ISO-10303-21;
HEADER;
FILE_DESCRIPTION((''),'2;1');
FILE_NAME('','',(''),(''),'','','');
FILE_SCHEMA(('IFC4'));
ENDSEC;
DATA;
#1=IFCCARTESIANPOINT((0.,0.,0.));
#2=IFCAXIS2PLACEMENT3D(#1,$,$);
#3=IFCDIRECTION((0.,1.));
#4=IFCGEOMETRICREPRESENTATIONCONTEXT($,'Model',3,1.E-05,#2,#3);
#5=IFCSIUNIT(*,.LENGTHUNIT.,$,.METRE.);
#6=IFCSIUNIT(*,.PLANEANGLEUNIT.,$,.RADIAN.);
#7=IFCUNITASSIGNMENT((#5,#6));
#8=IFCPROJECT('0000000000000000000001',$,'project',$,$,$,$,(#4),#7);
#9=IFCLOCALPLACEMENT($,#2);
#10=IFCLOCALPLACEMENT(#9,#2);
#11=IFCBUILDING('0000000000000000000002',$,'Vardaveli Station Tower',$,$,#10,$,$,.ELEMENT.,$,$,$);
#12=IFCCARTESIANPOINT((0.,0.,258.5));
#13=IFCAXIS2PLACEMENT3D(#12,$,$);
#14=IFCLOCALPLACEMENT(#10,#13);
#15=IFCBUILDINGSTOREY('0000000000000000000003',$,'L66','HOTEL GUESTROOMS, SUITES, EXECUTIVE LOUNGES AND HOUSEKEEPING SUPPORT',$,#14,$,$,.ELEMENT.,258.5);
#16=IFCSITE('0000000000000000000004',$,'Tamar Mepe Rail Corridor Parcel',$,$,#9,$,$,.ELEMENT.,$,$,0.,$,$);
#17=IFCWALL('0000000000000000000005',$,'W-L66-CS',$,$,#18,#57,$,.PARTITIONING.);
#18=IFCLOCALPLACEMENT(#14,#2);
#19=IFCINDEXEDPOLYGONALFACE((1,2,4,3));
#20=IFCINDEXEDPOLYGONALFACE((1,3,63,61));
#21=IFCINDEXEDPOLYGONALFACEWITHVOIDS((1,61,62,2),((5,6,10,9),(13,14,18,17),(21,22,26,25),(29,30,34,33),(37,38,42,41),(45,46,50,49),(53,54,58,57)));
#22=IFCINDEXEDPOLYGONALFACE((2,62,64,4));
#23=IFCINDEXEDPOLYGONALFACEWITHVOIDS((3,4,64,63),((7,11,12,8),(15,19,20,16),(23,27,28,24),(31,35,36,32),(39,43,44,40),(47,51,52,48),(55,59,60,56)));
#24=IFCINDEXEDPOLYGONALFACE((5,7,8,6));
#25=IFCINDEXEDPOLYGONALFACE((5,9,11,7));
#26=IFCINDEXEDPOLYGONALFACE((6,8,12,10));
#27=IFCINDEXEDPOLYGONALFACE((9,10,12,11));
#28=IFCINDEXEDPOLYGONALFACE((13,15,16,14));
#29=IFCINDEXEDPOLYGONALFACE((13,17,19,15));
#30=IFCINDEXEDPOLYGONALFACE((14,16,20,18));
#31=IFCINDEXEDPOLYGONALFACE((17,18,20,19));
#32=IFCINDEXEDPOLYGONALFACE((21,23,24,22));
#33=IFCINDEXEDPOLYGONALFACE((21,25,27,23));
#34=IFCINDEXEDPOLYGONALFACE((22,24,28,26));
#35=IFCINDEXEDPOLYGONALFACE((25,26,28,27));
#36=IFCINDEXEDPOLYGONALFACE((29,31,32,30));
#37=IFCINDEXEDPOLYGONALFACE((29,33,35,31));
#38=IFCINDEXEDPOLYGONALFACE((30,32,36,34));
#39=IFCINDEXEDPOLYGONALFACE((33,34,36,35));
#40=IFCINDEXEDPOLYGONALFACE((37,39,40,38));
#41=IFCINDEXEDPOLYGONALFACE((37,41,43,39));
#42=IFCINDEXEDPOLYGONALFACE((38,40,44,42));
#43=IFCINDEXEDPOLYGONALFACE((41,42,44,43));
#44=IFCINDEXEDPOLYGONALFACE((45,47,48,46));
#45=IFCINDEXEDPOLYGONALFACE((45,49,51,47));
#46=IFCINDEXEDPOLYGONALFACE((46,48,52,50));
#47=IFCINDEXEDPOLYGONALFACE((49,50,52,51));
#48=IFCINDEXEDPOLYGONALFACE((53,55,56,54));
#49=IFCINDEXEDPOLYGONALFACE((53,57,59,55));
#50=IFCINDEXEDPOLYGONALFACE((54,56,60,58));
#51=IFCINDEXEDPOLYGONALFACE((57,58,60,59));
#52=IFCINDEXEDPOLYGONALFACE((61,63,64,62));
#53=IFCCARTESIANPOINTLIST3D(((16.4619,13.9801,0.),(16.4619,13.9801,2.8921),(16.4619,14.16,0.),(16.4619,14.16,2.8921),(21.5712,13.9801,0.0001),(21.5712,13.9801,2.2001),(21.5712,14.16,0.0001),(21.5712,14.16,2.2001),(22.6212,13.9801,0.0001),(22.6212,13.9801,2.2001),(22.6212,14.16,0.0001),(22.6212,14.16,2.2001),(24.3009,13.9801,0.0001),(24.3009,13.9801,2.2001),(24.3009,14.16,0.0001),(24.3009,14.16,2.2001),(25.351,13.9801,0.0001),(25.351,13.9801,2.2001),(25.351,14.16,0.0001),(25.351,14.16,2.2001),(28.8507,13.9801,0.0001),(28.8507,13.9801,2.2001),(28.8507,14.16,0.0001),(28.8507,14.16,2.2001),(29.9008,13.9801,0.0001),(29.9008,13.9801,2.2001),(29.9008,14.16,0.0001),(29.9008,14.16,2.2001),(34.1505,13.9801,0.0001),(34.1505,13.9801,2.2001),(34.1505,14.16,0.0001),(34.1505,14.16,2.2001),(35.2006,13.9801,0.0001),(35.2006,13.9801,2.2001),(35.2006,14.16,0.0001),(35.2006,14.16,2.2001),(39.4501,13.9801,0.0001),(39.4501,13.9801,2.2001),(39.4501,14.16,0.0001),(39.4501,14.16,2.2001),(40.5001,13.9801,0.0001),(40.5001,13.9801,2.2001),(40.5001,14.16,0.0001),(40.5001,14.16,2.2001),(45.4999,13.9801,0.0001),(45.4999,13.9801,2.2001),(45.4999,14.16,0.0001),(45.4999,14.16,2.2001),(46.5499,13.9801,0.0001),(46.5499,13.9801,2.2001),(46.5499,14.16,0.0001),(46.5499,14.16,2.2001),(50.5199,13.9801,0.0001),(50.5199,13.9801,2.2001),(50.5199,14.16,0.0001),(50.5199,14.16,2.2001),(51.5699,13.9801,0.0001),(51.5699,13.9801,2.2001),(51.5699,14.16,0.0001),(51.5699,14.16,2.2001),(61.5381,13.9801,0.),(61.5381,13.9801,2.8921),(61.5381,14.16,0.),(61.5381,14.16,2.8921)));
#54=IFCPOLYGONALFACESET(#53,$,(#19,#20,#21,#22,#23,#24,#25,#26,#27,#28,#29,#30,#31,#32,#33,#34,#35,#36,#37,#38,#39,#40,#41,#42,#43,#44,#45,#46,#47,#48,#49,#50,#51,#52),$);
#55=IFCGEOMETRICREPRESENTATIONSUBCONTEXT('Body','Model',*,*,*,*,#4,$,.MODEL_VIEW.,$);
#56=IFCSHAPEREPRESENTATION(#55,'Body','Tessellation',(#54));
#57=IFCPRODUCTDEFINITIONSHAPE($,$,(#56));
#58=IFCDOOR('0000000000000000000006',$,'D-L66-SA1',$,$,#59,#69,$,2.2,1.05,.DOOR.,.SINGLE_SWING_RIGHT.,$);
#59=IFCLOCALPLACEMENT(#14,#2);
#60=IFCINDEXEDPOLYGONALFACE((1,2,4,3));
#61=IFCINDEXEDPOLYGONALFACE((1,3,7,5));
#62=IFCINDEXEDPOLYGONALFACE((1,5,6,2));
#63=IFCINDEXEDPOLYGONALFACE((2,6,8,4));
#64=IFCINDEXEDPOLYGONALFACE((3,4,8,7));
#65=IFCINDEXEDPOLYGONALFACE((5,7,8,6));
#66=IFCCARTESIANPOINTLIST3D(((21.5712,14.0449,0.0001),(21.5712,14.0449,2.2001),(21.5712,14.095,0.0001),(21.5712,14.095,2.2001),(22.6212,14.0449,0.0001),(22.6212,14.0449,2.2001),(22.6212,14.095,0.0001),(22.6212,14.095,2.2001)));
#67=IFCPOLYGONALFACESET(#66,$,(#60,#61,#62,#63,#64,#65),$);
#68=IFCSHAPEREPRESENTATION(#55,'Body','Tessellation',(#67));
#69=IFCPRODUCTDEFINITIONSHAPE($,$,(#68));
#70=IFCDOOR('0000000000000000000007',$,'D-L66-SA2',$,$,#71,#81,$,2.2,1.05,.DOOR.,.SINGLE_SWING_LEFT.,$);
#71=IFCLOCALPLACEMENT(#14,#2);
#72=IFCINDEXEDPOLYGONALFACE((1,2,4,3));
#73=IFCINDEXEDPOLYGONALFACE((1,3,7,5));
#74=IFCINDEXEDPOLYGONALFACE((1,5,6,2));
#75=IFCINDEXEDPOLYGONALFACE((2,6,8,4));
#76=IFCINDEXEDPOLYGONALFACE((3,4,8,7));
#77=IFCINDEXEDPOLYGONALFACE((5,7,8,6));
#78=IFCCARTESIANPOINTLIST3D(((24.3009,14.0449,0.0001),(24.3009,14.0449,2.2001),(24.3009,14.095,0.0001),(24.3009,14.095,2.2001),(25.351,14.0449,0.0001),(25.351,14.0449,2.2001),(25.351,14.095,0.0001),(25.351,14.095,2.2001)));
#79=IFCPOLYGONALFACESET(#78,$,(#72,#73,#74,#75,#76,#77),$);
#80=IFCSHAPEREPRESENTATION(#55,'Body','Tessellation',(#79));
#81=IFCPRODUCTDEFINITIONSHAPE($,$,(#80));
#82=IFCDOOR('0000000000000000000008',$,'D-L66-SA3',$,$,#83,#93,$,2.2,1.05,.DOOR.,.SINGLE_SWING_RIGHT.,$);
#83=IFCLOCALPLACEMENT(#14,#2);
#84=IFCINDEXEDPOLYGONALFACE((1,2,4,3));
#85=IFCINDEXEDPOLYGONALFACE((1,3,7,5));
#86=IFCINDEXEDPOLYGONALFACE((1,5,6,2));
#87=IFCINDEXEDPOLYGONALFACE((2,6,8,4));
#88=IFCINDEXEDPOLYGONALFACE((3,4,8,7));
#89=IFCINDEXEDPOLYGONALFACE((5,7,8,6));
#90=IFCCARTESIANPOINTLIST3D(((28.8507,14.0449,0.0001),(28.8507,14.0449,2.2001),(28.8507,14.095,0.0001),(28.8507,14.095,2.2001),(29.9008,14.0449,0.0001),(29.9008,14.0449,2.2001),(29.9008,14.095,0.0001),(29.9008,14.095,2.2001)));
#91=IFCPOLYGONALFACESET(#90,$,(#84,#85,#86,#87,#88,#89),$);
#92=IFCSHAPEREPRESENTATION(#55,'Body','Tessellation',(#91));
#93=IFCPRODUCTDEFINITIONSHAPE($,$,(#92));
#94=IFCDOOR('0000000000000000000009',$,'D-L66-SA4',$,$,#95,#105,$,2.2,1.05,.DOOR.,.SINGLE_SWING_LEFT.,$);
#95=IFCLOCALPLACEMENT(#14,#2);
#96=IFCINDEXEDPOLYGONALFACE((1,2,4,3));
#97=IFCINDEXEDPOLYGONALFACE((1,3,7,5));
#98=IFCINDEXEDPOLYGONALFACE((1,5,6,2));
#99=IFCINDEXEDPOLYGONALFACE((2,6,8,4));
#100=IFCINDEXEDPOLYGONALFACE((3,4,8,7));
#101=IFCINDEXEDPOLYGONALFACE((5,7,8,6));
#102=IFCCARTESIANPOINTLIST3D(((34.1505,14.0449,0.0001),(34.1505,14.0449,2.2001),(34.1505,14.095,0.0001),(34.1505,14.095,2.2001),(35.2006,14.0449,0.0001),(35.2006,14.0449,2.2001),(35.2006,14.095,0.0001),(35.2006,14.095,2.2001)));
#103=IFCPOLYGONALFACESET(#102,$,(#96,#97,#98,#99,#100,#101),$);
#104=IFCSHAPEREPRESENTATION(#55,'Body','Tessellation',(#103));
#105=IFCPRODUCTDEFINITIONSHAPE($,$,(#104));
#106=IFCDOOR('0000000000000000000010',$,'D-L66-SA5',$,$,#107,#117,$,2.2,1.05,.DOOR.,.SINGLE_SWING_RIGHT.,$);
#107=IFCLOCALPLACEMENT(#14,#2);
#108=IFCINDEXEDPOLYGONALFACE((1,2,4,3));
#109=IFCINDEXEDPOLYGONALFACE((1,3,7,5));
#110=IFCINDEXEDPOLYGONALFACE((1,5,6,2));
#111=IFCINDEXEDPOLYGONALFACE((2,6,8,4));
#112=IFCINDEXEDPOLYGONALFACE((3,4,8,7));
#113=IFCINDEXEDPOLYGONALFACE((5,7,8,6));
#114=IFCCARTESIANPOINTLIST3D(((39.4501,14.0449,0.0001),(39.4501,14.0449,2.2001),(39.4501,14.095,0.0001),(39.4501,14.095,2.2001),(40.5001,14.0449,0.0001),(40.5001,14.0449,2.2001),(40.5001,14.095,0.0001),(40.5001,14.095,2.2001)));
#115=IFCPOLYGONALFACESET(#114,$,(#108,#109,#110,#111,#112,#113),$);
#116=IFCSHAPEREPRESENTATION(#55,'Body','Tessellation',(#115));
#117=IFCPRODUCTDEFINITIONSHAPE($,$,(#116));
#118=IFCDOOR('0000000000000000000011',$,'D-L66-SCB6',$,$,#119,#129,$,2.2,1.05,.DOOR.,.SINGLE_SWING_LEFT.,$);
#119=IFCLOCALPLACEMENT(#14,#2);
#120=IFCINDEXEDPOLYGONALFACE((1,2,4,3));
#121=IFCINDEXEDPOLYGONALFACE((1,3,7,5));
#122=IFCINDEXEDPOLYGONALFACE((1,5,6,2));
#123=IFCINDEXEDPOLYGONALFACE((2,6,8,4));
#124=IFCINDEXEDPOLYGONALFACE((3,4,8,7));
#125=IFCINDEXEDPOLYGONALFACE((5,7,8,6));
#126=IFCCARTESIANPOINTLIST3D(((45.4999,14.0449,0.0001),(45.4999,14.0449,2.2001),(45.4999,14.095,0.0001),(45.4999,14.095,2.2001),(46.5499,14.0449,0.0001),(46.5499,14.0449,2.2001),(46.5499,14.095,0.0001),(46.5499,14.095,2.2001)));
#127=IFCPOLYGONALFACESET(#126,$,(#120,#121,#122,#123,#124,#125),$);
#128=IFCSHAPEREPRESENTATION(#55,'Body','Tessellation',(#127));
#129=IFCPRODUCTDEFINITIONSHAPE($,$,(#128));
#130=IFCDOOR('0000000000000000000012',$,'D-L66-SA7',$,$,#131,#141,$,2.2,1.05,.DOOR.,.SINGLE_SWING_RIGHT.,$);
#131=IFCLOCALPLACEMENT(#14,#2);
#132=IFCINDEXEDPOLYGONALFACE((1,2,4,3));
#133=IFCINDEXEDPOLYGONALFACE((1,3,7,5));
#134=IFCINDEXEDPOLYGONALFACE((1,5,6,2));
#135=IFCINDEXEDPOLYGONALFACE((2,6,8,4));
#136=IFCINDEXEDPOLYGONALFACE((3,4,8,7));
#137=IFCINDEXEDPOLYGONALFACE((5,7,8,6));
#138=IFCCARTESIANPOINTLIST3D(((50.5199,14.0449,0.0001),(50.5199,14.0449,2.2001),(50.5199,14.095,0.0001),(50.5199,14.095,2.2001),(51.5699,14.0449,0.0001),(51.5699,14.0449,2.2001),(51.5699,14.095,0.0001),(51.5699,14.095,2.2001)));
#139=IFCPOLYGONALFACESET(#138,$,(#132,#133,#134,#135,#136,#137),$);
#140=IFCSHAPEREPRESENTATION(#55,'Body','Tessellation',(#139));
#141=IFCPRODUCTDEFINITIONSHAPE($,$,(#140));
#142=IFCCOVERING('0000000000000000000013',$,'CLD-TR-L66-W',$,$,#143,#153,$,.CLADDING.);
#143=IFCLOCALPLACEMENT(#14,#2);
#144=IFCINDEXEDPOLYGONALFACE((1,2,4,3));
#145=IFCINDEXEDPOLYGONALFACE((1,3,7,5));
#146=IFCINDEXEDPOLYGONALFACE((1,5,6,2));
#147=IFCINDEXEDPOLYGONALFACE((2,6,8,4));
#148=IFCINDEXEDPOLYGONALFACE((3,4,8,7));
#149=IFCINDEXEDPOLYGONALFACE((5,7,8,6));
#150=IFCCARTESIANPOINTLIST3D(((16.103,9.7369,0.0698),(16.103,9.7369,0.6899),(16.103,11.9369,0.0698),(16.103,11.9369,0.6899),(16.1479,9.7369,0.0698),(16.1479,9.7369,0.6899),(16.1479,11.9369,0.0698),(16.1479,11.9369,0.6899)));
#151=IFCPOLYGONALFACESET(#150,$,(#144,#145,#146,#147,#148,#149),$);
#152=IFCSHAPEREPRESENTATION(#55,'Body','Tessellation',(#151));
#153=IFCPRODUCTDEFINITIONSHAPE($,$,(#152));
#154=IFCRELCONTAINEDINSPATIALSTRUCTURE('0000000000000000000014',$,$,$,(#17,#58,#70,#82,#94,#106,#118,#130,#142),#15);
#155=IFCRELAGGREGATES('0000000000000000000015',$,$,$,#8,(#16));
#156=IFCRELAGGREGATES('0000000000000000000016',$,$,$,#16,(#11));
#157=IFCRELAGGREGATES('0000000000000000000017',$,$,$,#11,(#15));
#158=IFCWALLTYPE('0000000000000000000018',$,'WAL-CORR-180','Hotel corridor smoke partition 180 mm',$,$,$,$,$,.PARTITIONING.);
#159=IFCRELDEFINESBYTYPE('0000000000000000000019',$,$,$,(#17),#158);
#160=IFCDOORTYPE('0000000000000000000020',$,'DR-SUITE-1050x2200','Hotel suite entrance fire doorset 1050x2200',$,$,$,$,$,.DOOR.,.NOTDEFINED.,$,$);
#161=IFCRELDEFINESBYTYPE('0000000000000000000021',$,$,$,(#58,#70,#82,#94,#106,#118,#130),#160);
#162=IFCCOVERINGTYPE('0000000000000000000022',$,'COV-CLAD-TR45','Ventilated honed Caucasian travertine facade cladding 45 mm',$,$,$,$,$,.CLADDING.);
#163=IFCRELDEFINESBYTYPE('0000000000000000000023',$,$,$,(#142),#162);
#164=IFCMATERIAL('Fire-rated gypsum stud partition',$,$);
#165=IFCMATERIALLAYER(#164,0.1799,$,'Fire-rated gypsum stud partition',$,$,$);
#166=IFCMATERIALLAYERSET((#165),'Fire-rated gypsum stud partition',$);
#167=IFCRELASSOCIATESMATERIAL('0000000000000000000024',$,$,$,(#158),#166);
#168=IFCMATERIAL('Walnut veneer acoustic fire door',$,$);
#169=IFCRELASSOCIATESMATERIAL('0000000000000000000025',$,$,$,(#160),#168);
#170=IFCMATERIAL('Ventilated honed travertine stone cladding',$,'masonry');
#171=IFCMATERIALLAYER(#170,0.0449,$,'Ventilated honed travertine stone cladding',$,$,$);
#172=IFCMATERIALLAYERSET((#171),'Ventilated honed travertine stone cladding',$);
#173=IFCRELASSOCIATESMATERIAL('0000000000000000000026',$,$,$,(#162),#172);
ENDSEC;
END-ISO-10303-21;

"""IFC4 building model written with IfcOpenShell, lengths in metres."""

from ifc_helpers import new_model, si_unit, direction, frame, frame_2d, origin, origin_2d, place, context, subcontext, project, spatial, rectangle, extrude, source, transform, mapped, material, layer, layer_set, type_object, element, fill, save


model = new_model("IFC4")

# Units and contexts
model_context = context("Model", 3, precision=1e-05, world=origin(), true_north=direction((0.0, 1.0)))
body_context = subcontext(model_context, "Body", "Model", "MODEL_VIEW")
ifc_project = project(units=[si_unit("LENGTHUNIT", "METRE"), si_unit("PLANEANGLEUNIT", "RADIAN")], contexts=[model_context])

# Site, building, storey
site_placement = place(None, origin())
site = spatial("IfcSite", under=ifc_project, at=site_placement, Name="Tamar Mepe Rail Corridor Parcel", CompositionType="ELEMENT", RefElevation=0.0)
building_placement = place(site_placement, origin())
building = spatial("IfcBuilding", under=site, at=building_placement, Name="Vardaveli Station Tower", CompositionType="ELEMENT")
storey_placement = place(building_placement, frame((0.0, 0.0, 258.5)))
storey = spatial("IfcBuildingStorey", under=building, at=storey_placement, Name="L66", Description="HOTEL GUESTROOMS, SUITES, EXECUTIVE LOUNGES AND HOUSEKEEPING SUPPORT", CompositionType="ELEMENT", Elevation=258.5)

# Wall, openings, doors
ifc_material_1 = material(Name="Fire-rated gypsum stud partition")
ifc_layer_1 = layer(ifc_material_1, 0.1799, Name="Fire-rated gypsum stud partition")
ifc_layer_set_1 = layer_set([ifc_layer_1], Name="Fire-rated gypsum stud partition")
wall_type_1 = type_object("IfcWallType", Name="WAL-CORR-180", Description="Hotel corridor smoke partition 180 mm", PredefinedType="PARTITIONING", material=ifc_layer_set_1)
shared_shape_1 = source(origin(), body_context, "Body", "SweptSolid", [
    extrude(rectangle(XDim=45.0762, YDim=0.1799, at=frame_2d((22.5381, 0.0))), origin(), (0.0, 0.0, 1.0), 2.8921),
])
wall_1_placement = place(storey_placement, frame((16.4619, 14.0701, 0.0), z_axis=(0.0, 0.0, 1.0), x_axis=(1.0, 0.0, 0.0)))
wall_1 = element("IfcWall", 1, at=wall_1_placement, inside=storey, type_object=wall_type_1, Name="W-L66-CS", PredefinedType="PARTITIONING", context=body_context, shape_type="MappedRepresentation", body=[
    mapped(shared_shape_1, transform((0.0, 0.0, 0.0), scale=1.0)),
])
shared_shape_2 = source(origin(), body_context, "Body", "SweptSolid", [
    extrude(rectangle(XDim=1.05, YDim=2.2, at=frame_2d((0.5249, 1.1001))), frame((0.0, 0.1001, 0.0), z_axis=(0.0, -1.0, 0.0), x_axis=(1.0, 0.0, 0.0)), (0.0, 0.0, 1.0), 0.2),
])
opening_1_placement = place(wall_1_placement, frame((5.1094, 0.0, 0.0)))
opening_1 = element("IfcOpeningElement", 2, at=opening_1_placement, cuts=wall_1, PredefinedType="OPENING", context=body_context, shape_type="MappedRepresentation", body=[
    mapped(shared_shape_2, transform((0.0, 0.0, 0.0), scale=1.0)),
])
opening_2_placement = place(wall_1_placement, frame((7.8391, 0.0, 0.0)))
opening_2 = element("IfcOpeningElement", 3, at=opening_2_placement, cuts=wall_1, PredefinedType="OPENING", context=body_context, shape_type="MappedRepresentation", body=[
    mapped(shared_shape_2, transform((0.0, 0.0, 0.0), scale=1.0)),
])
opening_3_placement = place(wall_1_placement, frame((12.3889, 0.0, 0.0)))
opening_3 = element("IfcOpeningElement", 4, at=opening_3_placement, cuts=wall_1, PredefinedType="OPENING", context=body_context, shape_type="MappedRepresentation", body=[
    mapped(shared_shape_2, transform((0.0, 0.0, 0.0), scale=1.0)),
])
opening_4_placement = place(wall_1_placement, frame((17.6887, 0.0, 0.0)))
opening_4 = element("IfcOpeningElement", 5, at=opening_4_placement, cuts=wall_1, PredefinedType="OPENING", context=body_context, shape_type="MappedRepresentation", body=[
    mapped(shared_shape_2, transform((0.0, 0.0, 0.0), scale=1.0)),
])
opening_5_placement = place(wall_1_placement, frame((22.9883, 0.0, 0.0)))
opening_5 = element("IfcOpeningElement", 6, at=opening_5_placement, cuts=wall_1, PredefinedType="OPENING", context=body_context, shape_type="MappedRepresentation", body=[
    mapped(shared_shape_2, transform((0.0, 0.0, 0.0), scale=1.0)),
])
opening_6_placement = place(wall_1_placement, frame((29.0381, 0.0, 0.0)))
opening_6 = element("IfcOpeningElement", 7, at=opening_6_placement, cuts=wall_1, PredefinedType="OPENING", context=body_context, shape_type="MappedRepresentation", body=[
    mapped(shared_shape_2, transform((0.0, 0.0, 0.0), scale=1.0)),
])
opening_7_placement = place(wall_1_placement, frame((34.0581, 0.0, 0.0)))
opening_7 = element("IfcOpeningElement", 8, at=opening_7_placement, cuts=wall_1, PredefinedType="OPENING", context=body_context, shape_type="MappedRepresentation", body=[
    mapped(shared_shape_2, transform((0.0, 0.0, 0.0), scale=1.0)),
])
ifc_material_2 = material(Name="Walnut veneer acoustic fire door")
door_type = type_object("IfcDoorType", Name="DR-SUITE-1050x2200", Description="Hotel suite entrance fire doorset 1050x2200", OperationType="NOTDEFINED", PredefinedType="DOOR", material=ifc_material_2)
shared_shape_3 = source(origin(), body_context, "Body", "SweptSolid", [
    extrude(rectangle(XDim=1.05, YDim=2.2, at=frame_2d((0.5249, 1.1001))), frame((0.0, 0.0249, 0.0), z_axis=(0.0, -1.0, 0.0), x_axis=(1.0, 0.0, 0.0)), (0.0, 0.0, 1.0), 0.05),
])
door_1_placement = place(opening_1_placement, origin())
door_1 = element("IfcDoor", 9, at=door_1_placement, inside=storey, type_object=door_type, Name="D-L66-SA1", OperationType="SINGLE_SWING_RIGHT", OverallHeight=2.2, OverallWidth=1.05, PredefinedType="DOOR", context=body_context, shape_type="MappedRepresentation", body=[
    mapped(shared_shape_3, transform((0.0, 0.0, 0.0), scale=1.0)),
])
fill(opening_1, door_1)
door_2_placement = place(opening_2_placement, origin())
door_2 = element("IfcDoor", 10, at=door_2_placement, inside=storey, type_object=door_type, Name="D-L66-SA2", OperationType="SINGLE_SWING_LEFT", OverallHeight=2.2, OverallWidth=1.05, PredefinedType="DOOR", context=body_context, shape_type="MappedRepresentation", body=[
    mapped(shared_shape_3, transform((0.0, 0.0, 0.0), scale=1.0)),
])
fill(opening_2, door_2)
door_3_placement = place(opening_3_placement, origin())
door_3 = element("IfcDoor", 11, at=door_3_placement, inside=storey, type_object=door_type, Name="D-L66-SA3", OperationType="SINGLE_SWING_RIGHT", OverallHeight=2.2, OverallWidth=1.05, PredefinedType="DOOR", context=body_context, shape_type="MappedRepresentation", body=[
    mapped(shared_shape_3, transform((0.0, 0.0, 0.0), scale=1.0)),
])
fill(opening_3, door_3)
door_4_placement = place(opening_4_placement, origin())
door_4 = element("IfcDoor", 12, at=door_4_placement, inside=storey, type_object=door_type, Name="D-L66-SA4", OperationType="SINGLE_SWING_LEFT", OverallHeight=2.2, OverallWidth=1.05, PredefinedType="DOOR", context=body_context, shape_type="MappedRepresentation", body=[
    mapped(shared_shape_3, transform((0.0, 0.0, 0.0), scale=1.0)),
])
fill(opening_4, door_4)
door_5_placement = place(opening_5_placement, origin())
door_5 = element("IfcDoor", 13, at=door_5_placement, inside=storey, type_object=door_type, Name="D-L66-SA5", OperationType="SINGLE_SWING_RIGHT", OverallHeight=2.2, OverallWidth=1.05, PredefinedType="DOOR", context=body_context, shape_type="MappedRepresentation", body=[
    mapped(shared_shape_3, transform((0.0, 0.0, 0.0), scale=1.0)),
])
fill(opening_5, door_5)
door_6_placement = place(opening_6_placement, origin())
door_6 = element("IfcDoor", 14, at=door_6_placement, inside=storey, type_object=door_type, Name="D-L66-SCB6", OperationType="SINGLE_SWING_LEFT", OverallHeight=2.2, OverallWidth=1.05, PredefinedType="DOOR", context=body_context, shape_type="MappedRepresentation", body=[
    mapped(shared_shape_3, transform((0.0, 0.0, 0.0), scale=1.0)),
])
fill(opening_6, door_6)
door_7_placement = place(opening_7_placement, origin())
door_7 = element("IfcDoor", 15, at=door_7_placement, inside=storey, type_object=door_type, Name="D-L66-SA7", OperationType="SINGLE_SWING_RIGHT", OverallHeight=2.2, OverallWidth=1.05, PredefinedType="DOOR", context=body_context, shape_type="MappedRepresentation", body=[
    mapped(shared_shape_3, transform((0.0, 0.0, 0.0), scale=1.0)),
])
fill(opening_7, door_7)

# Covering
ifc_material_3 = material(Name="Ventilated honed travertine stone cladding", Category="masonry")
ifc_layer_2 = layer(ifc_material_3, 0.0449, Name="Ventilated honed travertine stone cladding")
ifc_layer_set_2 = layer_set([ifc_layer_2], Name="Ventilated honed travertine stone cladding")
covering_type = type_object("IfcCoveringType", Name="COV-CLAD-TR45", Description="Ventilated honed Caucasian travertine facade cladding 45 mm", PredefinedType="CLADDING", material=ifc_layer_set_2)
shared_shape_4 = source(origin(), body_context, "Body", "SweptSolid", [
    extrude(rectangle(XDim=2.2, YDim=0.0449, at=origin_2d()), origin(), (0.0, 0.0, 1.0), 0.6201),
])
covering_placement = place(storey_placement, frame((16.1255, 10.8369, 0.0698), z_axis=(0.0, 0.0, 1.0), x_axis=(0.0, 1.0, 0.0)))
element("IfcCovering", 16, at=covering_placement, inside=storey, type_object=covering_type, Name="CLD-TR-L66-W", PredefinedType="CLADDING", context=body_context, shape_type="MappedRepresentation", body=[
    mapped(shared_shape_4, transform((0.0, 0.0, 0.0), scale=1.0)),
])

save(model, "model.ifc")
